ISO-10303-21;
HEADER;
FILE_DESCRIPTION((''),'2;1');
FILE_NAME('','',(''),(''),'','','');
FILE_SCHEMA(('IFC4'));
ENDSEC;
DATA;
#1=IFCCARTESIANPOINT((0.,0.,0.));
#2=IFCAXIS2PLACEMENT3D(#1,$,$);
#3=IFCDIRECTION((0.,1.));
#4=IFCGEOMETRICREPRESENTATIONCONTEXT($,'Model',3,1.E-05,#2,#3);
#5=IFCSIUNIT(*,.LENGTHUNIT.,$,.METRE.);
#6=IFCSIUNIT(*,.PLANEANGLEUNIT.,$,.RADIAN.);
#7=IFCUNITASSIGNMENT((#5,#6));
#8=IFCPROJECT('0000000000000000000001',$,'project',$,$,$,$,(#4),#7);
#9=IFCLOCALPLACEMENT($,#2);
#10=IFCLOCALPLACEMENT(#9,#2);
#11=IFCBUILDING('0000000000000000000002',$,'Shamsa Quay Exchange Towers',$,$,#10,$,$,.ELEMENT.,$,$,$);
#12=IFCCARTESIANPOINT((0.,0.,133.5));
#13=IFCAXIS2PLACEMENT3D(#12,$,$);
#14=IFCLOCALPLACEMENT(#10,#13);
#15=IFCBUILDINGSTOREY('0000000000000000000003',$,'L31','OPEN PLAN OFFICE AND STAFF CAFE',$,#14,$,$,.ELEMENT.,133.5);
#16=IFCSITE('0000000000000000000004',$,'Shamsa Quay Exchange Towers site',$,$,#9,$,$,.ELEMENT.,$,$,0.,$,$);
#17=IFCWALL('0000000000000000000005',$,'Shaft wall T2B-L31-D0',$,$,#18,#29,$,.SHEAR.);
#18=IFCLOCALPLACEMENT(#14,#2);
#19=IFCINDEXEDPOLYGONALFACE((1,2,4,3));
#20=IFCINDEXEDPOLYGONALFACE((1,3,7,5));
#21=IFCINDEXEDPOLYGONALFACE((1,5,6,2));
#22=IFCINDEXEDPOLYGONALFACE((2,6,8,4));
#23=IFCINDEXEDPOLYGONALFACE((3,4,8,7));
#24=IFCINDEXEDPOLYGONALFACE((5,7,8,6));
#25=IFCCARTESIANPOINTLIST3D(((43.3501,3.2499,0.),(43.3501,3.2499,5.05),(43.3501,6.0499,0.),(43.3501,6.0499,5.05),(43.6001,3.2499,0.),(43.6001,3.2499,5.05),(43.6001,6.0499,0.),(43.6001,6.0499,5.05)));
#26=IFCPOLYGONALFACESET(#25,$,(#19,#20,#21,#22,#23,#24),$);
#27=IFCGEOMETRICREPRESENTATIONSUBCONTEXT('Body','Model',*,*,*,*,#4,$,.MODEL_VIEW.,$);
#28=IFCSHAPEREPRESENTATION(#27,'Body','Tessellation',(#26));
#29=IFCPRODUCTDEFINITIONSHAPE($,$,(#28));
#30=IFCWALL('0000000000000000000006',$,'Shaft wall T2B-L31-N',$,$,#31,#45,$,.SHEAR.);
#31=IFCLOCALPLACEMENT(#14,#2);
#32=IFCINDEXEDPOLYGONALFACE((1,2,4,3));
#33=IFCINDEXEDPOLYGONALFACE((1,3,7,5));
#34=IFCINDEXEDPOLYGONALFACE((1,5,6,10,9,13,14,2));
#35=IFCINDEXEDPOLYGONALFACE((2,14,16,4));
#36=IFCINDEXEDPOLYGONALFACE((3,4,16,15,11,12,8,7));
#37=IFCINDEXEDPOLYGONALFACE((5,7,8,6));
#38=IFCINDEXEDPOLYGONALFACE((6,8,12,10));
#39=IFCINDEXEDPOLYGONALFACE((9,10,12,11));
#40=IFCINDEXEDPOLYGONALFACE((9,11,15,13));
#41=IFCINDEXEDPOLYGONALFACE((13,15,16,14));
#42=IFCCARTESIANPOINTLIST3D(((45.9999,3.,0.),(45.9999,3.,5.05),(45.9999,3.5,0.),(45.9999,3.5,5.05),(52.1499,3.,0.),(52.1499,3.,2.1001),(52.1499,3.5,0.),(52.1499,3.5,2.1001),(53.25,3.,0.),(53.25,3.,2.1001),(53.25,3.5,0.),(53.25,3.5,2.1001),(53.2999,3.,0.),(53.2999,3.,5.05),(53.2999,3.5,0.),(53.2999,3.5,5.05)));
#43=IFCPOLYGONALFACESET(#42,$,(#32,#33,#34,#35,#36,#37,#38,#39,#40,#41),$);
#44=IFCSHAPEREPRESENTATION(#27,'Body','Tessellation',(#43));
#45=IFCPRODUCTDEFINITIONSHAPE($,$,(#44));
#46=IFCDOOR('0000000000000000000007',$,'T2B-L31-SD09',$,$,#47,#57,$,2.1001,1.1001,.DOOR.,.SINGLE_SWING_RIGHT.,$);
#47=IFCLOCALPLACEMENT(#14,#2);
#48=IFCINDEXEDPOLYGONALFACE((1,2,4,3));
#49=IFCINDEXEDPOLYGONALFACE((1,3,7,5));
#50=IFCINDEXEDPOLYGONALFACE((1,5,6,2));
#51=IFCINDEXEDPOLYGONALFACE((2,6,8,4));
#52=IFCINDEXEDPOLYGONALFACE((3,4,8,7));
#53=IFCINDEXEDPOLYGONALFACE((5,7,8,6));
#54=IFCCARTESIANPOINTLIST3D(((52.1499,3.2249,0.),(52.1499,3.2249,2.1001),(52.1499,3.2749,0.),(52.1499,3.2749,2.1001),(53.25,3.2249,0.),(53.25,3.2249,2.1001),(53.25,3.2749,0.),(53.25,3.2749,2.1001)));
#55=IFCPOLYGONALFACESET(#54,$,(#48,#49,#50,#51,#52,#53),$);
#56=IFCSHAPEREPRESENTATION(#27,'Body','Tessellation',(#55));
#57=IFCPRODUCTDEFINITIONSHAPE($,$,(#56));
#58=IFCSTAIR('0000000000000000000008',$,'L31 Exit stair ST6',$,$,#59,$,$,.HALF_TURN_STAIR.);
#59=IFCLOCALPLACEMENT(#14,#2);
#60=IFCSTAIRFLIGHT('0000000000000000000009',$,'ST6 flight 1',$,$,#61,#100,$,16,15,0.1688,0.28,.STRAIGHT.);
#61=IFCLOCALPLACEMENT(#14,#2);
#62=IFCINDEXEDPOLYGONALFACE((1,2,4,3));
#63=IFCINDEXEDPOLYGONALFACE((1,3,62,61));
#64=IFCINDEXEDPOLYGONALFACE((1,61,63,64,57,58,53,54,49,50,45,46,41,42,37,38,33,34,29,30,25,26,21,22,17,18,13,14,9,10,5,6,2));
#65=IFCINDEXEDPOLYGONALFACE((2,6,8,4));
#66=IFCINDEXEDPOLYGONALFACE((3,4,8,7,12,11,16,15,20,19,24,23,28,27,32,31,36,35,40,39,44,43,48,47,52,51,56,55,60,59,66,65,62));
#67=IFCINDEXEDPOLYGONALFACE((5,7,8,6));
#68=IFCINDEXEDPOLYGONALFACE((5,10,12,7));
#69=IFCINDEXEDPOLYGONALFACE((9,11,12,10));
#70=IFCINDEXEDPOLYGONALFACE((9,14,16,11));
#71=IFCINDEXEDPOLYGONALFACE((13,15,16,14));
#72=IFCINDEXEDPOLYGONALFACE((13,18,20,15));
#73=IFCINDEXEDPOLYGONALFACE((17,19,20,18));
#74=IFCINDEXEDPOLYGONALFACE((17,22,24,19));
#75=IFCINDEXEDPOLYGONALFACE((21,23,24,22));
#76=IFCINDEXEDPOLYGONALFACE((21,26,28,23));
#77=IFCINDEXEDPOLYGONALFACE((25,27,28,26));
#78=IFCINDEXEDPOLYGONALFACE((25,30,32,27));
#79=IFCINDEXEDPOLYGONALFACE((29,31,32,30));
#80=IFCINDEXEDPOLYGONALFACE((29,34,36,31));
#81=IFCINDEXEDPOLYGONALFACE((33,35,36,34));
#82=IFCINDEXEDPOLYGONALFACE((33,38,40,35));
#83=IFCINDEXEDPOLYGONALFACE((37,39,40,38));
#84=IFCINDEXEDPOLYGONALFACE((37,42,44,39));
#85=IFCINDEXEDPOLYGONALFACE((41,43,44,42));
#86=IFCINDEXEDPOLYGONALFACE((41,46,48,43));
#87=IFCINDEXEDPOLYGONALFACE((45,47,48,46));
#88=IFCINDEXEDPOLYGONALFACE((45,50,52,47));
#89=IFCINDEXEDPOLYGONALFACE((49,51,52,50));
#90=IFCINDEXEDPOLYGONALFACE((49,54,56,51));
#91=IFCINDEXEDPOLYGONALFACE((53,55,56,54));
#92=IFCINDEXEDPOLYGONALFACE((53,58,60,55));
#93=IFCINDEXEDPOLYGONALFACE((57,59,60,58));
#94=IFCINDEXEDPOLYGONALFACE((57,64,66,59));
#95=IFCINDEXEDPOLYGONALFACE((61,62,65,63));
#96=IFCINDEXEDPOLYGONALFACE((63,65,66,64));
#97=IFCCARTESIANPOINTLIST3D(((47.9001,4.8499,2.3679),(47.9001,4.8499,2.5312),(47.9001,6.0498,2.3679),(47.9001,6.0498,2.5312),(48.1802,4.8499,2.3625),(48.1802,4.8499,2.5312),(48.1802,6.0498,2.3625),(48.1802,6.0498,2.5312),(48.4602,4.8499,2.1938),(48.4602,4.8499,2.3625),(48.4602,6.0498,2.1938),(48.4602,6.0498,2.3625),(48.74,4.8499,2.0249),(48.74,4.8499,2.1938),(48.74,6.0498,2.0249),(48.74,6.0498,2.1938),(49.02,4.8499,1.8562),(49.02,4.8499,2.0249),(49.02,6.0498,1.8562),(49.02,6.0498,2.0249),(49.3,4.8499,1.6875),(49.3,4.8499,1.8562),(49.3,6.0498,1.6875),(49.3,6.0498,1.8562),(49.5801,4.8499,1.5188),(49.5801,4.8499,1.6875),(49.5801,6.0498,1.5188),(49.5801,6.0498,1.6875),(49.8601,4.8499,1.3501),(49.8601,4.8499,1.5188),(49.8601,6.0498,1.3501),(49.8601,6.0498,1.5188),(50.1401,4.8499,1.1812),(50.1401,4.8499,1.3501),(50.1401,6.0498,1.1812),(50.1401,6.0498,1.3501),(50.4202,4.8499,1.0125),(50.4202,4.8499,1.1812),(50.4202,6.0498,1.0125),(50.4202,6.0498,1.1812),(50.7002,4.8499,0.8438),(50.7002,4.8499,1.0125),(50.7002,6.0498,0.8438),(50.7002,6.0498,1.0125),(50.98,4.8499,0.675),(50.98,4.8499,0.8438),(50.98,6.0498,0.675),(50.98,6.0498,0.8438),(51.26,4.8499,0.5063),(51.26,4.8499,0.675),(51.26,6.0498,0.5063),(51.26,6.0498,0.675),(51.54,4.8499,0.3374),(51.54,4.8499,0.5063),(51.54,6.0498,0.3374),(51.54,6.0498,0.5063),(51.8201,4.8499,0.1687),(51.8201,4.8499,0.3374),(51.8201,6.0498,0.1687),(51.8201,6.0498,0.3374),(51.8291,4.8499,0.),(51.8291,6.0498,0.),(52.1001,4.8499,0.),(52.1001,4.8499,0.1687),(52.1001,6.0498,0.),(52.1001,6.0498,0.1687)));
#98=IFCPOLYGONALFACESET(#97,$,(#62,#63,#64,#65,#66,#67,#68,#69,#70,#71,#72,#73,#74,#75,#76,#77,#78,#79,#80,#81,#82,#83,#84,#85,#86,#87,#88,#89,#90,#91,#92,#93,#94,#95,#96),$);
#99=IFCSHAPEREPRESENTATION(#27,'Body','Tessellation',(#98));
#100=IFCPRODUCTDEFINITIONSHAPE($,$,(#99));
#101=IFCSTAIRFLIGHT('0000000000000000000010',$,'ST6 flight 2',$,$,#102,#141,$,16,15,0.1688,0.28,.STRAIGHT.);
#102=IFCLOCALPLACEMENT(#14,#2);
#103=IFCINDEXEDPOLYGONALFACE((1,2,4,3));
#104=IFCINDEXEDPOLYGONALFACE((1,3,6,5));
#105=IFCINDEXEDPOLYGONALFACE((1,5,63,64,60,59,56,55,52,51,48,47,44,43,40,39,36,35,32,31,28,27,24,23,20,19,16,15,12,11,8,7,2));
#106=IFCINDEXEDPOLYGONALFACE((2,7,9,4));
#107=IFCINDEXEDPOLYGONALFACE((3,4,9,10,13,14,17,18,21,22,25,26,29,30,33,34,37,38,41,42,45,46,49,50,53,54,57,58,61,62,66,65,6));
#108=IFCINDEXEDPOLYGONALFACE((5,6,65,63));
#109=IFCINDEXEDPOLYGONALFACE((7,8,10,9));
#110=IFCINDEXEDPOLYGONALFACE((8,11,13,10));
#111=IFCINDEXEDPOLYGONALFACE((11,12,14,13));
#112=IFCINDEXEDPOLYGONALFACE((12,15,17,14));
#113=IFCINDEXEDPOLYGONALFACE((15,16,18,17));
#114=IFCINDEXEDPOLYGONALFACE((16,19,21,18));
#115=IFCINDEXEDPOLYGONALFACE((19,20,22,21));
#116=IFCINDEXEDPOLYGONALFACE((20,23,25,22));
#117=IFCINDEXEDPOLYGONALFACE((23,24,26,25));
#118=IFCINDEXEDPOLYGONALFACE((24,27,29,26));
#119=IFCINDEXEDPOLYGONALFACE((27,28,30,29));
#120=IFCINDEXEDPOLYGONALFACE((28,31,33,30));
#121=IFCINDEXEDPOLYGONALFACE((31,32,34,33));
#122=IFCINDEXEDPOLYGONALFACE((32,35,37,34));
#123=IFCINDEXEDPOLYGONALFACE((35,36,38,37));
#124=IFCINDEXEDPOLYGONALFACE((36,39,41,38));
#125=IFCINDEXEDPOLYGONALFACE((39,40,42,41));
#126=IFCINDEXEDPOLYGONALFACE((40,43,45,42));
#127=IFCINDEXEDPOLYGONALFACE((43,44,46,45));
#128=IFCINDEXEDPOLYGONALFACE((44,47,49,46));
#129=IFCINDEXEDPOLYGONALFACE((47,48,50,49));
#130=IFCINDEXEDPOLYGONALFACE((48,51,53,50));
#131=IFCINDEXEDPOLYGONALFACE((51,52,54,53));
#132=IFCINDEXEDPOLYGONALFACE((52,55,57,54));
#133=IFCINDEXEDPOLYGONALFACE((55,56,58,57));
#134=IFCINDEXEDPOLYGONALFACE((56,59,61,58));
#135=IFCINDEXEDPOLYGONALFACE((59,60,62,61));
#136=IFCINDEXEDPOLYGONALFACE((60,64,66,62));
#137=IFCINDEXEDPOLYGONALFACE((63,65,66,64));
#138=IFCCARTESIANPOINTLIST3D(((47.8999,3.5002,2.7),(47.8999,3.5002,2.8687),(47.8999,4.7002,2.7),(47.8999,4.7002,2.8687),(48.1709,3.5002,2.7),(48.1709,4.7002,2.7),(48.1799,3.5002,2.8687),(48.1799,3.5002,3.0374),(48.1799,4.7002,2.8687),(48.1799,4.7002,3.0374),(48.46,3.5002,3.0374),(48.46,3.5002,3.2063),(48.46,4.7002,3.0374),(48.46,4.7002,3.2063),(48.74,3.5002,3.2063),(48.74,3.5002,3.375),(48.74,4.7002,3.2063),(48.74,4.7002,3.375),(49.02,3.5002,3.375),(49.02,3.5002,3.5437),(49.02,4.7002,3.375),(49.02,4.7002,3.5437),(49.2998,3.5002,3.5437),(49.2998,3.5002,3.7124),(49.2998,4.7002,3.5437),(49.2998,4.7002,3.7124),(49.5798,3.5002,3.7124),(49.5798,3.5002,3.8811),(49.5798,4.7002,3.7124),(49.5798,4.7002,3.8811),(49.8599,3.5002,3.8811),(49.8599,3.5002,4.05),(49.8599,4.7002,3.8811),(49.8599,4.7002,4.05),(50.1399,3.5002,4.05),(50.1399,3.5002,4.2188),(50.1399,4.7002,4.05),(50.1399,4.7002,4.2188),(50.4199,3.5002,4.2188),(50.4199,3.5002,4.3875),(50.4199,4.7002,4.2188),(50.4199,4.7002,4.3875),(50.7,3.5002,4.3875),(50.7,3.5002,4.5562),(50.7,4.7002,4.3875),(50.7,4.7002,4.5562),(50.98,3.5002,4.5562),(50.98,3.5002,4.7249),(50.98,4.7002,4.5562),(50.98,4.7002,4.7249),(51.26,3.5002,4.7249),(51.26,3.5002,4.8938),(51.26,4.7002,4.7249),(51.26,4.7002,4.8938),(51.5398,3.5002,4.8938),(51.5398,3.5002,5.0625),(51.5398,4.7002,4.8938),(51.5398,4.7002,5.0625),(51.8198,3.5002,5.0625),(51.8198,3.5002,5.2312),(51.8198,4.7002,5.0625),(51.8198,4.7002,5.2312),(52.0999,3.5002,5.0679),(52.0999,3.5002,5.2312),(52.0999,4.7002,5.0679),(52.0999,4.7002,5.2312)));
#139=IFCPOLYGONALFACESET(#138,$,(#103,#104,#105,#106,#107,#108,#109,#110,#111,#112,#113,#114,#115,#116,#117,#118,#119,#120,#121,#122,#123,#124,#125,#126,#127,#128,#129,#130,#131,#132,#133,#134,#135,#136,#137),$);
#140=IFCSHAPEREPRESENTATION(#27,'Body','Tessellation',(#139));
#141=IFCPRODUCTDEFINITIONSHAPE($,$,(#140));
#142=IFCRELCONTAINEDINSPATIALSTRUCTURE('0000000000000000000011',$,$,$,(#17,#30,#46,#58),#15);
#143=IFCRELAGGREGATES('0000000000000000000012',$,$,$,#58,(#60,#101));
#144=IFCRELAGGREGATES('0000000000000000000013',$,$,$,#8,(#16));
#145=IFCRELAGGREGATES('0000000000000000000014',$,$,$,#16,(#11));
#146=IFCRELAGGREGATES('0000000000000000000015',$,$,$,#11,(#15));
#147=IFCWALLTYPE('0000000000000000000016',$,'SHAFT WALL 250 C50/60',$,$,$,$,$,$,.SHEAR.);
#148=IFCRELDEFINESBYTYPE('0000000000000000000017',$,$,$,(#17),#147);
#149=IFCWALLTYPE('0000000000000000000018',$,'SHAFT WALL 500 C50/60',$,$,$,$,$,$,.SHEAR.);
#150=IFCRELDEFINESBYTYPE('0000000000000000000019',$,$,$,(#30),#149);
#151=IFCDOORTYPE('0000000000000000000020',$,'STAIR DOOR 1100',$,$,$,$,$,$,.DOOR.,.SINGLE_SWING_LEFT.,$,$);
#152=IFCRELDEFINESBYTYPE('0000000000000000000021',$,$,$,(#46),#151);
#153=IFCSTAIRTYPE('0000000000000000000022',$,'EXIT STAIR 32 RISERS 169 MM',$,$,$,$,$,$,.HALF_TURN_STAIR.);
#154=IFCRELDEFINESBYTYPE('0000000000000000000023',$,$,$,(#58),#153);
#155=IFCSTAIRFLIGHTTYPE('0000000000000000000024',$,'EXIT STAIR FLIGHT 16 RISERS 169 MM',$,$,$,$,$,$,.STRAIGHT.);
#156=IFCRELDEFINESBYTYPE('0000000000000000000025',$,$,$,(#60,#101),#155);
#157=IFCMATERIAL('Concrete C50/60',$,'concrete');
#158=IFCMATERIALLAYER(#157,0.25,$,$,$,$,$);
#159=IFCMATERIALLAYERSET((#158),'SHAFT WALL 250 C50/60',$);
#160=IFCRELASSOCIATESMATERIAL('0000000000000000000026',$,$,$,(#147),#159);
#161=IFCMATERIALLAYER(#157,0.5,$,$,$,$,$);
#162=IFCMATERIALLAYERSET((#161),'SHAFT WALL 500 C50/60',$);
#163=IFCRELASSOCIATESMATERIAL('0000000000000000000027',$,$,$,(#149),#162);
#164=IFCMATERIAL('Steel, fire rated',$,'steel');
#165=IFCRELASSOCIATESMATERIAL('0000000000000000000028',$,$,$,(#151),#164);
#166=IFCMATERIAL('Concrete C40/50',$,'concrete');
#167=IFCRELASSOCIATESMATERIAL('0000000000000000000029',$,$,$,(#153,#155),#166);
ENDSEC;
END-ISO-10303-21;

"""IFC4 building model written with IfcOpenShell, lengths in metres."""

from ifc_helpers import new_model, si_unit, direction, frame, frame_2d, origin, place, context, subcontext, project, spatial, polyline, rectangle, outline, extrude, material, layer, layer_set, type_object, element, fill, aggregate, save


model = new_model("IFC4")

# Units and contexts
model_context = context("Model", 3, precision=1e-05, world=origin(), true_north=direction((0.0, 1.0)))
body_context = subcontext(model_context, "Body", "Model", "MODEL_VIEW")
ifc_project = project(units=[si_unit("LENGTHUNIT", "METRE"), si_unit("PLANEANGLEUNIT", "RADIAN")], contexts=[model_context])

# Site, building, storey
site_placement = place(None, origin())
site = spatial("IfcSite", under=ifc_project, at=site_placement, Name="Shamsa Quay Exchange Towers site", CompositionType="ELEMENT", RefElevation=0.0)
building_placement = place(site_placement, origin())
building = spatial("IfcBuilding", under=site, at=building_placement, Name="Shamsa Quay Exchange Towers", CompositionType="ELEMENT")
storey_placement = place(building_placement, frame((0.0, 0.0, 133.5)))
storey = spatial("IfcBuildingStorey", under=building, at=storey_placement, Name="L31", Description="OPEN PLAN OFFICE AND STAFF CAFE", CompositionType="ELEMENT", Elevation=133.5)

# Shared definitions
ifc_material_1 = material(Name="Concrete C50/60", Category="concrete")
ifc_layer_1 = layer(ifc_material_1, 0.25)
ifc_layer_set_1 = layer_set([ifc_layer_1], Name="SHAFT WALL 250 C50/60")
wall_type_1 = type_object("IfcWallType", Name="SHAFT WALL 250 C50/60", PredefinedType="SHEAR", material=ifc_layer_set_1)
ifc_material_2 = material(Name="Steel, fire rated", Category="steel")

# Wall
for number, where, z_axis, x_axis, name in (
    (1, (43.4751, 3.25, 0.0), (0.0, 0.0, 1.0), (0.0, 1.0, 0.0), "Shaft wall T2B-L31-D0"),
):
    element("IfcWall", number, at=place(storey_placement, frame(where, z_axis=z_axis, x_axis=x_axis)), inside=storey, type_object=wall_type_1, Name=name, PredefinedType="SHEAR", context=body_context, shape_type="SweptSolid", body=[
        extrude(rectangle(XDim=2.8, YDim=0.25, at=frame_2d((1.3999, 0.0))), origin(), (0.0, 0.0, 1.0), 5.05),
    ])

# Wall, opening, door
ifc_layer_2 = layer(ifc_material_1, 0.5)
ifc_layer_set_2 = layer_set([ifc_layer_2], Name="SHAFT WALL 500 C50/60")
wall_type_2 = type_object("IfcWallType", Name="SHAFT WALL 500 C50/60", PredefinedType="SHEAR", material=ifc_layer_set_2)
wall_1_placement = place(storey_placement, frame((46.0, 3.25, 0.0)))
wall_1 = element("IfcWall", 2, at=wall_1_placement, inside=storey, type_object=wall_type_2, Name="Shaft wall T2B-L31-N", PredefinedType="SHEAR", context=body_context, shape_type="SweptSolid", body=[
    extrude(rectangle(XDim=7.3, YDim=0.5, at=frame_2d((3.6499, 0.0))), origin(), (0.0, 0.0, 1.0), 5.05),
])
opening_1_placement = place(wall_1_placement, frame((6.1499, 0.0, 0.0)))
opening_1 = element("IfcOpeningElement", 3, at=opening_1_placement, cuts=wall_1, PredefinedType="OPENING", context=body_context, shape_type="SweptSolid", body=[
    extrude(rectangle(XDim=1.1001, YDim=2.1001, at=frame_2d((0.55, 1.05))), frame((0.0, 0.26, 0.0), z_axis=(0.0, -1.0, 0.0), x_axis=(1.0, 0.0, 0.0)), (0.0, 0.0, 1.0), 0.52),
])
door_type_1 = type_object("IfcDoorType", Name="STAIR DOOR 1100", OperationType="SINGLE_SWING_LEFT", PredefinedType="DOOR", material=ifc_material_2)
door_1_placement = place(opening_1_placement, origin())
door_1 = element("IfcDoor", 4, at=door_1_placement, inside=storey, type_object=door_type_1, Name="T2B-L31-SD09", OperationType="SINGLE_SWING_RIGHT", OverallHeight=2.1001, OverallWidth=1.1001, PredefinedType="DOOR", context=body_context, shape_type="SweptSolid", body=[
    extrude(rectangle(XDim=1.1001, YDim=2.1001, at=frame_2d((0.55, 1.05))), frame((0.0, 0.0249, 0.0), z_axis=(0.0, -1.0, 0.0), x_axis=(1.0, 0.0, 0.0)), (0.0, 0.0, 1.0), 0.05),
])
fill(opening_1, door_1)

# Stair, stair flights
ifc_material_3 = material(Name="Concrete C40/50", Category="concrete")
stair_type = type_object("IfcStairType", Name="EXIT STAIR 32 RISERS 169 MM", PredefinedType="HALF_TURN_STAIR", material=ifc_material_3)
stair_placement = place(storey_placement, origin())
stair = element("IfcStair", 5, at=stair_placement, inside=storey, type_object=stair_type, Name="L31 Exit stair ST6", PredefinedType="HALF_TURN_STAIR")
stair_flight_type = type_object("IfcStairFlightType", Name="EXIT STAIR FLIGHT 16 RISERS 169 MM", PredefinedType="STRAIGHT", material=ifc_material_3)
stair_flight_1_placement = place(storey_placement, frame((52.1001, 5.45, 0.0), z_axis=(0.0, 0.0, 1.0), x_axis=(-1.0, 0.0, 0.0)))
stair_flight_1 = element("IfcStairFlight", 6, at=stair_flight_1_placement, type_object=stair_flight_type, Name="ST6 flight 1", NumberOfRisers=16, NumberOfTreads=15, PredefinedType="STRAIGHT", RiserHeight=0.1688, TreadLength=0.28, context=body_context, shape_type="SweptSolid", body=[
    extrude(outline(polyline([(0.0, 0.0), (0.0, 0.1687), (0.28, 0.1687), (0.28, 0.3374), (0.5601, 0.3374), (0.5601, 0.5063), (0.8401, 0.5063), (0.8401, 0.675), (1.1201, 0.675), (1.1201, 0.8438), (1.3999, 0.8438), (1.3999, 1.0125), (1.6799, 1.0125), (1.6799, 1.1812), (1.96, 1.1812), (1.96, 1.3501), (2.24, 1.3501), (2.24, 1.5188), (2.52, 1.5188), (2.52, 1.6875), (2.8, 1.6875), (2.8, 1.8562), (3.0801, 1.8562), (3.0801, 2.0249), (3.3601, 2.0249), (3.3601, 2.1938), (3.6399, 2.1938), (3.6399, 2.3625), (3.9199, 2.3625), (3.9199, 2.5312), (4.2, 2.5312), (4.2, 2.7), (4.2, 2.3679), (0.271, 0.0), (0.0, 0.0)])), frame((0.0, 0.6001, 0.0), z_axis=(0.0, -1.0, 0.0), x_axis=(1.0, 0.0, 0.0)), (0.0, 0.0, 1.0), 1.2),
])
stair_flight_2_placement = place(storey_placement, frame((47.8999, 4.1001, 2.7)))
stair_flight_2 = element("IfcStairFlight", 7, at=stair_flight_2_placement, type_object=stair_flight_type, Name="ST6 flight 2", NumberOfRisers=16, NumberOfTreads=15, PredefinedType="STRAIGHT", RiserHeight=0.1688, TreadLength=0.28, context=body_context, shape_type="SweptSolid", body=[
    extrude(outline(polyline([(0.0, 0.0), (0.0, 0.1687), (0.28, 0.1687), (0.28, 0.3374), (0.5601, 0.3374), (0.5601, 0.5063), (0.8401, 0.5063), (0.8401, 0.675), (1.1201, 0.675), (1.1201, 0.8438), (1.3999, 0.8438), (1.3999, 1.0125), (1.6799, 1.0125), (1.6799, 1.1812), (1.96, 1.1812), (1.96, 1.3501), (2.24, 1.3501), (2.24, 1.5188), (2.52, 1.5188), (2.52, 1.6875), (2.8, 1.6875), (2.8, 1.8562), (3.0801, 1.8562), (3.0801, 2.0249), (3.3601, 2.0249), (3.3601, 2.1938), (3.6399, 2.1938), (3.6399, 2.3625), (3.9199, 2.3625), (3.9199, 2.5312), (4.2, 2.5312), (4.2, 2.7), (4.2, 2.3679), (0.271, 0.0), (0.0, 0.0)])), frame((0.0, 0.6001, 0.0), z_axis=(0.0, -1.0, 0.0), x_axis=(1.0, 0.0, 0.0)), (0.0, 0.0, 1.0), 1.2),
])
aggregate(stair, [stair_flight_1, stair_flight_2])

save(model, "model.ifc")
